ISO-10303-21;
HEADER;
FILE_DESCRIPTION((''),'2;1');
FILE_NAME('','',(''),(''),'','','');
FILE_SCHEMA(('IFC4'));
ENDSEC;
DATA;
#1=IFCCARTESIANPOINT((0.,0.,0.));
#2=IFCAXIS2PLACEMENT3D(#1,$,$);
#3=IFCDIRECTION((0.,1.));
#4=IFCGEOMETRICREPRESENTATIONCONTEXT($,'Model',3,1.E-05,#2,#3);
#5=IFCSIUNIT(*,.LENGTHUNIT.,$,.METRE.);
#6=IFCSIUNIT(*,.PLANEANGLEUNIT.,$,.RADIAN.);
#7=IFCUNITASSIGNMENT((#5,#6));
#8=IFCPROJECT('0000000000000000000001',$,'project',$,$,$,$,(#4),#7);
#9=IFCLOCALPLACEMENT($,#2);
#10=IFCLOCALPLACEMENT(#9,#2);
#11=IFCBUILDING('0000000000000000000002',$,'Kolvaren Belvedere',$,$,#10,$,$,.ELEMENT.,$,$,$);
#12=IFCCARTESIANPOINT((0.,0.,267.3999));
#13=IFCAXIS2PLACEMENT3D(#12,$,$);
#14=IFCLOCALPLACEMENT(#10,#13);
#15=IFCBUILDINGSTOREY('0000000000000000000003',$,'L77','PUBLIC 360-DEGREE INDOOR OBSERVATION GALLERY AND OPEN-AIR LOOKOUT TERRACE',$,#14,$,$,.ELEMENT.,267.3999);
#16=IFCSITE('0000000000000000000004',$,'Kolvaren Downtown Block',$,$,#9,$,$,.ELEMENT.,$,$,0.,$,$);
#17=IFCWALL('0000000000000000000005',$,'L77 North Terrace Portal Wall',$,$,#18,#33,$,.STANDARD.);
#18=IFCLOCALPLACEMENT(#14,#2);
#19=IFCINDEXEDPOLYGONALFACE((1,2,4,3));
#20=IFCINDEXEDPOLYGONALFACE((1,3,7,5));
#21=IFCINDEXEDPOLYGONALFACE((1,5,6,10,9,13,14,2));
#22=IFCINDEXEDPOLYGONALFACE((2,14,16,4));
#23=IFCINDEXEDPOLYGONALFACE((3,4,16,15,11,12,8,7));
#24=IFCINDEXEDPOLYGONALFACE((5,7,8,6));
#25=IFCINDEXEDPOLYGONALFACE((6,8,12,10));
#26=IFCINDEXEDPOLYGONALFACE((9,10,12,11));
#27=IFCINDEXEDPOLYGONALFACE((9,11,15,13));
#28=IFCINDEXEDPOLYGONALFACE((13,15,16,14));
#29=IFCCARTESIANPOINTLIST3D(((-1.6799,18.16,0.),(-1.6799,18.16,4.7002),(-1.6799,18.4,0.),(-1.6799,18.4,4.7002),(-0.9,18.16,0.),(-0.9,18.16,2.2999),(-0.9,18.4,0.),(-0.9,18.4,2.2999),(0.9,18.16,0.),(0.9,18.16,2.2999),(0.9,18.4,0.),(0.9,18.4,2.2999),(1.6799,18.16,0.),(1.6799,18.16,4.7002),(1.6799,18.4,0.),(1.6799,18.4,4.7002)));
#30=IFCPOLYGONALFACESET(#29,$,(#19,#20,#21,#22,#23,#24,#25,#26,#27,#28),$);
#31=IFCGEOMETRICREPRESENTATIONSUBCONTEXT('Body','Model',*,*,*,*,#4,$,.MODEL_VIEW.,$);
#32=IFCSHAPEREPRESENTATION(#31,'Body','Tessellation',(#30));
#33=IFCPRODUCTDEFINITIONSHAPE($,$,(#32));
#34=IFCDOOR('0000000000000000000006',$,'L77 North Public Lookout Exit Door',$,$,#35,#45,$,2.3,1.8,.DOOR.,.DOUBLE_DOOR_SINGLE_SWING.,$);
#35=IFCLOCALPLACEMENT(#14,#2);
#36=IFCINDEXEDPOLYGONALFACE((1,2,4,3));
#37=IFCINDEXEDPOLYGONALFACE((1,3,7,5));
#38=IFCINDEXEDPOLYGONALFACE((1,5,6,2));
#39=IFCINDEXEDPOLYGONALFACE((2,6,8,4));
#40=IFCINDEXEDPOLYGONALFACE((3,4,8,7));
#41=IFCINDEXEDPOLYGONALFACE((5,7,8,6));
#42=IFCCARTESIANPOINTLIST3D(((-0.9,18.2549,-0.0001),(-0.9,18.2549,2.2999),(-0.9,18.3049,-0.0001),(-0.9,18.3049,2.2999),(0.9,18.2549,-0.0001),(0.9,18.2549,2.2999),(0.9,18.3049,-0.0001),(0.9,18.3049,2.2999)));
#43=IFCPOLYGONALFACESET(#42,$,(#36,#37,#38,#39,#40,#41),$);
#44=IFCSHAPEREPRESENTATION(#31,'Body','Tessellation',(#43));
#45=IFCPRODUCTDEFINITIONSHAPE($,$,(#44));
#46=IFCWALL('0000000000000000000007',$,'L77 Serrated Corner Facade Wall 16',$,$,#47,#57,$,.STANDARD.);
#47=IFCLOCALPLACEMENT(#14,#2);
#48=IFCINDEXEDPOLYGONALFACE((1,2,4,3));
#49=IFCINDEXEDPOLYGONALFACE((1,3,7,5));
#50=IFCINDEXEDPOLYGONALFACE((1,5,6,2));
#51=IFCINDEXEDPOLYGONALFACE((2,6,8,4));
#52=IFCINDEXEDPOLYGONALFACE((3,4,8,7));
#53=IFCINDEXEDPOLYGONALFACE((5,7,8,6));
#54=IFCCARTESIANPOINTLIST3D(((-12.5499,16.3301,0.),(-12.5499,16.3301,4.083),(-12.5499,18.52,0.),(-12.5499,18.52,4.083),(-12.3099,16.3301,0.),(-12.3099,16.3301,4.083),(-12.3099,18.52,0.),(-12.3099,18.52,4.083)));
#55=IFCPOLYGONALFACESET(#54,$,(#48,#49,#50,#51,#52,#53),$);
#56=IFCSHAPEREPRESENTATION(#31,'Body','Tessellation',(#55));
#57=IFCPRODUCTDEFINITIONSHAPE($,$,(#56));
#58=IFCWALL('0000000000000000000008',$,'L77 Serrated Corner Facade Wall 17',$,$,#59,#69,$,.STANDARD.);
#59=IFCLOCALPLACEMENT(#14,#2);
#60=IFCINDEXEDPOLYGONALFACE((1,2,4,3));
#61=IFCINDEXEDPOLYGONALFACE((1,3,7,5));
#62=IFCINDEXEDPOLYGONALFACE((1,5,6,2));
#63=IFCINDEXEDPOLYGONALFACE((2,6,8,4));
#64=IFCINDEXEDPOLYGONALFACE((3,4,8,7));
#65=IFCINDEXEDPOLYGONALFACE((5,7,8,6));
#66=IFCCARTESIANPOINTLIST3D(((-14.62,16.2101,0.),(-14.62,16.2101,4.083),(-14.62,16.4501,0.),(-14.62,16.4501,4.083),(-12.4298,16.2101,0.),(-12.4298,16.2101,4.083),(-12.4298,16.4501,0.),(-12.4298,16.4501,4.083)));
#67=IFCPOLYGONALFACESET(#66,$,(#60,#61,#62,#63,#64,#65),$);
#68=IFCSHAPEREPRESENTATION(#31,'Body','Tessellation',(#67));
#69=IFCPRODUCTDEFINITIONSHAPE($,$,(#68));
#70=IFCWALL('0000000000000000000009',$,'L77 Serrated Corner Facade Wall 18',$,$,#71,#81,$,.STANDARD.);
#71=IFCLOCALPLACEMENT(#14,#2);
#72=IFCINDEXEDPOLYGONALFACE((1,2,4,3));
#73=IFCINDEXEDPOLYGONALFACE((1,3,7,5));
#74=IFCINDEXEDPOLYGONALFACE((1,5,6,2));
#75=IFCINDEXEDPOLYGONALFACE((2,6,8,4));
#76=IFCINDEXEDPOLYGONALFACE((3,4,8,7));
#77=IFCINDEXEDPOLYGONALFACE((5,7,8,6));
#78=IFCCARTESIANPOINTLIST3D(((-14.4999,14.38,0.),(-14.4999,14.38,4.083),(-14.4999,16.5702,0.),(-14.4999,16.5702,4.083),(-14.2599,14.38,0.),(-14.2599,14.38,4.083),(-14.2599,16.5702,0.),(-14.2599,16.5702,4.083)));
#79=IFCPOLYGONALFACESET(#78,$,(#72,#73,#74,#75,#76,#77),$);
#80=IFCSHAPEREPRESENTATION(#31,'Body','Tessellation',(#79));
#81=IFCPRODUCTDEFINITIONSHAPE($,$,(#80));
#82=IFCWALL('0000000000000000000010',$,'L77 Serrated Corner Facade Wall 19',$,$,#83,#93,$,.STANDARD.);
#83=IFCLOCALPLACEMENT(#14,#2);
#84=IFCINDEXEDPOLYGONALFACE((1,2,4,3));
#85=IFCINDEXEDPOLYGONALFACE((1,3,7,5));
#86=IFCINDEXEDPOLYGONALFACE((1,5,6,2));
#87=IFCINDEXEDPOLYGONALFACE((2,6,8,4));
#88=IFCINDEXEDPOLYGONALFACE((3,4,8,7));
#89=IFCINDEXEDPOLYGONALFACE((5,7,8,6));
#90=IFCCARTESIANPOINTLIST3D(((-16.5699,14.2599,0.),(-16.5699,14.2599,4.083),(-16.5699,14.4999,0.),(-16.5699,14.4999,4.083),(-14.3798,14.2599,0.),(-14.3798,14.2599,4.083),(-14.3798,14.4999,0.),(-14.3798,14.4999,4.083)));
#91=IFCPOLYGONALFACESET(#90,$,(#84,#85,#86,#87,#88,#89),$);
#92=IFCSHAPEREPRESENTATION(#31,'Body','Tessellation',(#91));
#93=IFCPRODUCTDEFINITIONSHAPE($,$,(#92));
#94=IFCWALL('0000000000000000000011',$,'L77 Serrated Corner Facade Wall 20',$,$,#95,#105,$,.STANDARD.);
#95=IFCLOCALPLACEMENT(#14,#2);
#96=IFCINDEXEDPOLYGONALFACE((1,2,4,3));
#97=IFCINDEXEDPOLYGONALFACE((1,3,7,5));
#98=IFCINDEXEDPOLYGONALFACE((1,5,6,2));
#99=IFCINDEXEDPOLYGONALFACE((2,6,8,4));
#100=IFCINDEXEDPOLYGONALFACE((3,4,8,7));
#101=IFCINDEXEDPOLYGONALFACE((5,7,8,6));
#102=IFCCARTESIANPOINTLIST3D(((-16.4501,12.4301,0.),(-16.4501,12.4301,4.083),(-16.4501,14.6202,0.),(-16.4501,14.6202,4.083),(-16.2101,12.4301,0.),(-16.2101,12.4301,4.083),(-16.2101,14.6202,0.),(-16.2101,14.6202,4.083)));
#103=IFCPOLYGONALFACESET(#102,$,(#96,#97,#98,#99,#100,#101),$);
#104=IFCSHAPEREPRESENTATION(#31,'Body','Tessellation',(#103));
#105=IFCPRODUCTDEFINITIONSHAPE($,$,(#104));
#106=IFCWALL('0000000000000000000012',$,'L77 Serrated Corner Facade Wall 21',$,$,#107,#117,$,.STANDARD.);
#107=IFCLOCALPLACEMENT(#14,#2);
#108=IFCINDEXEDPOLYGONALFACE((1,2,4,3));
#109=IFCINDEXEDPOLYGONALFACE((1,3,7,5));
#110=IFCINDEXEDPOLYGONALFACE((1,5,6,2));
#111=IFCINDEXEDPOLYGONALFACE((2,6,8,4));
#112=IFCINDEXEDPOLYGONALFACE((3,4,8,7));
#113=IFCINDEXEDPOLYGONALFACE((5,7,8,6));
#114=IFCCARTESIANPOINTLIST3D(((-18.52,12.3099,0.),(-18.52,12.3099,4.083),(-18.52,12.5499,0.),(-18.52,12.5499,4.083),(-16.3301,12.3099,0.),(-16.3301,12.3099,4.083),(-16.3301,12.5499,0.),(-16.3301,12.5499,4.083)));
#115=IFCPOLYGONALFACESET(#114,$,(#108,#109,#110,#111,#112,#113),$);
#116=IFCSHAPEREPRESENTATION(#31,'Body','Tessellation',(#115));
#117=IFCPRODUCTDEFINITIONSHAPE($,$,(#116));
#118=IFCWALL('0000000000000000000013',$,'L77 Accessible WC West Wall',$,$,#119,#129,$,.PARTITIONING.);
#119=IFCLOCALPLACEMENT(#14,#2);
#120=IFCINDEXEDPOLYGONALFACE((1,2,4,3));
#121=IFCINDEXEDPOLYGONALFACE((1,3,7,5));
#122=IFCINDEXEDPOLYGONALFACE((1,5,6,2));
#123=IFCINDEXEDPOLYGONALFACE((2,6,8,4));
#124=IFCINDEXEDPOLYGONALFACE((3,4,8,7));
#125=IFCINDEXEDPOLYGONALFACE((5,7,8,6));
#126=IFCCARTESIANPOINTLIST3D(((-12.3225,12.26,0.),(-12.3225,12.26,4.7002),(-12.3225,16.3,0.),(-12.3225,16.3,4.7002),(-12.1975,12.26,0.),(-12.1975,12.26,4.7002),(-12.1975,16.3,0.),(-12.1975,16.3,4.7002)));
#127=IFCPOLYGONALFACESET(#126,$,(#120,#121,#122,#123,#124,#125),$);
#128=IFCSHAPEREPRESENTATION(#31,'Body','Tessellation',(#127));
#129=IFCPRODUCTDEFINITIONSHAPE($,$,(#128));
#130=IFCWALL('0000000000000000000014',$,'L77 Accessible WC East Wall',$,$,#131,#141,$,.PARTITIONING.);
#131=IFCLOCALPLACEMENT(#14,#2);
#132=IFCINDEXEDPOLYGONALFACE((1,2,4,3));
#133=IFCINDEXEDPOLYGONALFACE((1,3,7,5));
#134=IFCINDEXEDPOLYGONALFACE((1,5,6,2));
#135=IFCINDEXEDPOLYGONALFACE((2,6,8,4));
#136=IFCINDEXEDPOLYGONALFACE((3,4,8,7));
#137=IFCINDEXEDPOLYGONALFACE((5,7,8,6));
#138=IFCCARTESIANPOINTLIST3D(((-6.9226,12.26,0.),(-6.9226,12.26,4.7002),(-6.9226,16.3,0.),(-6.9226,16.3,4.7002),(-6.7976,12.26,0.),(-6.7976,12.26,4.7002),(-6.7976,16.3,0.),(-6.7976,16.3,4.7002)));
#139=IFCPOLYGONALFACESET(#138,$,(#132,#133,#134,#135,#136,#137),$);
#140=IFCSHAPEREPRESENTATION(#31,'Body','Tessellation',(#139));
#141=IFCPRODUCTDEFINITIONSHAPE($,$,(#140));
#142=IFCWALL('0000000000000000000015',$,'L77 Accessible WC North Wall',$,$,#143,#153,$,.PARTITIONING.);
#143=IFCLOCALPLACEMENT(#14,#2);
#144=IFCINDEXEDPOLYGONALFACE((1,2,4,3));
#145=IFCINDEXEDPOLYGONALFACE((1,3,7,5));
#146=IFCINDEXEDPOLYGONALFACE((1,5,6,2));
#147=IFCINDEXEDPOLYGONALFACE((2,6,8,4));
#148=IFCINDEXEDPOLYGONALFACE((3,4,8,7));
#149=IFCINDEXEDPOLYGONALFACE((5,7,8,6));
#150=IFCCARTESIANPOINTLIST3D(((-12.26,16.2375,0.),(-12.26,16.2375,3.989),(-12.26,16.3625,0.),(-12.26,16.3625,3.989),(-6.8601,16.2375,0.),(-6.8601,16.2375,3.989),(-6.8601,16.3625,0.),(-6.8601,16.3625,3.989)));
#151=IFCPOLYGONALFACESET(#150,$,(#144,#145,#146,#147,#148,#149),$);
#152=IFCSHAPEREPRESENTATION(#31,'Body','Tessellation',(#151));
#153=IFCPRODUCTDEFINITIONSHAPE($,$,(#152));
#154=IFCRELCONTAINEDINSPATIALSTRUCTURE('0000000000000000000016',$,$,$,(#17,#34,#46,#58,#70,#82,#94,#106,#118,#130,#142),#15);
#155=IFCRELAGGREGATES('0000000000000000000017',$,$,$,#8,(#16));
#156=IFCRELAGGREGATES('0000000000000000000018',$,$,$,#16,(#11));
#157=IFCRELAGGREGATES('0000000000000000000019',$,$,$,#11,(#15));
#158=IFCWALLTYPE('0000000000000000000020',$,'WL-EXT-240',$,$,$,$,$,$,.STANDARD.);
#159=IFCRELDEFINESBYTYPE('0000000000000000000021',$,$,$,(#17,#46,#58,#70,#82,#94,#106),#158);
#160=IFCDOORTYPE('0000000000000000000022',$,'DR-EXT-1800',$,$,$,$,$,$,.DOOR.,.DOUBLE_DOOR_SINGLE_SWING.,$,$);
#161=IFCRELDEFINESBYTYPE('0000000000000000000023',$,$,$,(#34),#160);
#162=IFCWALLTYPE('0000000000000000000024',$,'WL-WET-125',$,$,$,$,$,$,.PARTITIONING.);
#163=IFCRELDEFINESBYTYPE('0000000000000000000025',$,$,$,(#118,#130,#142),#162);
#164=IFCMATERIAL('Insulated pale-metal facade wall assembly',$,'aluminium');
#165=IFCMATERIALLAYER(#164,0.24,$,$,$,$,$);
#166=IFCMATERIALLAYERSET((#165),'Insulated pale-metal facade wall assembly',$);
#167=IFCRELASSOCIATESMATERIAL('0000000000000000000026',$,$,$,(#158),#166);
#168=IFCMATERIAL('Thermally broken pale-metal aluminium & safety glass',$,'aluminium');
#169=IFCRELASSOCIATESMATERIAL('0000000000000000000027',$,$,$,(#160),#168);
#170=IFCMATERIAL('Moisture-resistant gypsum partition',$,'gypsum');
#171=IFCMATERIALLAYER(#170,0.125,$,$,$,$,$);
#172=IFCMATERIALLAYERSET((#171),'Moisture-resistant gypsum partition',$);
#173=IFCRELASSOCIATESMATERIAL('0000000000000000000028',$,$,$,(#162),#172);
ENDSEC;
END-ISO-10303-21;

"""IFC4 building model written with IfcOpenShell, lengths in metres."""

from ifc_helpers import new_model, si_unit, direction, frame, frame_2d, origin, place, context, subcontext, project, spatial, rectangle, extrude, material, layer, layer_set, type_object, element, fill, save


model = new_model("IFC4")

# Units and contexts
model_context = context("Model", 3, precision=1e-05, world=origin(), true_north=direction((0.0, 1.0)))
body_context = subcontext(model_context, "Body", "Model", "MODEL_VIEW")
ifc_project = project(units=[si_unit("LENGTHUNIT", "METRE"), si_unit("PLANEANGLEUNIT", "RADIAN")], contexts=[model_context])

# Site, building, storey
site_placement = place(None, origin())
site = spatial("IfcSite", under=ifc_project, at=site_placement, Name="Kolvaren Downtown Block", CompositionType="ELEMENT", RefElevation=0.0)
building_placement = place(site_placement, origin())
building = spatial("IfcBuilding", under=site, at=building_placement, Name="Kolvaren Belvedere", CompositionType="ELEMENT")
storey_placement = place(building_placement, frame((0.0, 0.0, 267.3999)))
storey = spatial("IfcBuildingStorey", under=building, at=storey_placement, Name="L77", Description="PUBLIC 360-DEGREE INDOOR OBSERVATION GALLERY AND OPEN-AIR LOOKOUT TERRACE", CompositionType="ELEMENT", Elevation=267.3999)

# Wall, opening, door
ifc_material_1 = material(Name="Insulated pale-metal facade wall assembly", Category="aluminium")
ifc_layer_1 = layer(ifc_material_1, 0.24)
ifc_layer_set_1 = layer_set([ifc_layer_1], Name="Insulated pale-metal facade wall assembly")
wall_type_1 = type_object("IfcWallType", Name="WL-EXT-240", PredefinedType="STANDARD", material=ifc_layer_set_1)
wall_1_placement = place(storey_placement, frame((-1.6799, 18.28, 0.0), z_axis=(0.0, 0.0, 1.0), x_axis=(1.0, 0.0, 0.0)))
wall_1 = element("IfcWall", 1, at=wall_1_placement, inside=storey, type_object=wall_type_1, Name="L77 North Terrace Portal Wall", PredefinedType="STANDARD", context=body_context, shape_type="SweptSolid", body=[
    extrude(rectangle(XDim=3.3599, YDim=0.24, at=frame_2d((1.6799, 0.0))), origin(), (0.0, 0.0, 1.0), 4.7002),
])
opening_1_placement = place(wall_1_placement, frame((0.78, 0.0, 0.0)))
opening_1 = element("IfcOpeningElement", 2, at=opening_1_placement, cuts=wall_1, PredefinedType="OPENING", context=body_context, shape_type="SweptSolid", body=[
    extrude(rectangle(XDim=1.8, YDim=2.3, at=frame_2d((0.8999, 1.1499))), frame((0.0, 0.1299, 0.0), z_axis=(0.0, -1.0, 0.0), x_axis=(1.0, 0.0, 0.0)), (0.0, 0.0, 1.0), 0.26),
])
ifc_material_2 = material(Name="Thermally broken pale-metal aluminium & safety glass", Category="aluminium")
door_type_1 = type_object("IfcDoorType", Name="DR-EXT-1800", OperationType="DOUBLE_DOOR_SINGLE_SWING", PredefinedType="DOOR", material=ifc_material_2)
door_1_placement = place(opening_1_placement, origin())
door_1 = element("IfcDoor", 3, at=door_1_placement, inside=storey, type_object=door_type_1, Name="L77 North Public Lookout Exit Door", OperationType="DOUBLE_DOOR_SINGLE_SWING", OverallHeight=2.3, OverallWidth=1.8, PredefinedType="DOOR", context=body_context, shape_type="SweptSolid", body=[
    extrude(rectangle(XDim=1.8, YDim=2.3, at=frame_2d((0.8999, 1.1499))), frame((0.0, 0.0249, 0.0), z_axis=(0.0, -1.0, 0.0), x_axis=(1.0, 0.0, 0.0)), (0.0, 0.0, 1.0), 0.05),
])
fill(opening_1, door_1)

# Walls
wall_2_placement = place(storey_placement, frame((-12.4299, 16.3301, 0.0), z_axis=(0.0, 0.0, 1.0), x_axis=(0.0, 1.0, 0.0)))
element("IfcWall", 4, at=wall_2_placement, inside=storey, type_object=wall_type_1, Name="L77 Serrated Corner Facade Wall 16", PredefinedType="STANDARD", context=body_context, shape_type="SweptSolid", body=[
    extrude(rectangle(XDim=2.1899, YDim=0.24, at=frame_2d((1.095, 0.0))), origin(), (0.0, 0.0, 1.0), 4.083),
])
for number, where, z_axis, x_axis, name in (
    (5, (-14.6201, 16.3301, 0.0), (0.0, 0.0, 1.0), (1.0, 0.0, 0.0), "L77 Serrated Corner Facade Wall 17"),
    (6, (-14.3799, 14.3799, 0.0), (0.0, 0.0, 1.0), (0.0, 1.0, 0.0), "L77 Serrated Corner Facade Wall 18"),
    (7, (-16.5701, 14.3799, 0.0), (0.0, 0.0, 1.0), (1.0, 0.0, 0.0), "L77 Serrated Corner Facade Wall 19"),
    (8, (-16.3301, 12.4299, 0.0), (0.0, 0.0, 1.0), (0.0, 1.0, 0.0), "L77 Serrated Corner Facade Wall 20"),
):
    element("IfcWall", number, at=place(storey_placement, frame(where, z_axis=z_axis, x_axis=x_axis)), inside=storey, type_object=wall_type_1, Name=name, PredefinedType="STANDARD", context=body_context, shape_type="SweptSolid", body=[
        extrude(rectangle(XDim=2.1902, YDim=0.24, at=frame_2d((1.0952, 0.0))), origin(), (0.0, 0.0, 1.0), 4.083),
    ])
wall_3_placement = place(storey_placement, frame((-18.52, 12.4299, 0.0), z_axis=(0.0, 0.0, 1.0), x_axis=(1.0, 0.0, 0.0)))
element("IfcWall", 9, at=wall_3_placement, inside=storey, type_object=wall_type_1, Name="L77 Serrated Corner Facade Wall 21", PredefinedType="STANDARD", context=body_context, shape_type="SweptSolid", body=[
    extrude(rectangle(XDim=2.1899, YDim=0.24, at=frame_2d((1.095, 0.0))), origin(), (0.0, 0.0, 1.0), 4.083),
])
ifc_material_3 = material(Name="Moisture-resistant gypsum partition", Category="gypsum")
ifc_layer_2 = layer(ifc_material_3, 0.125)
ifc_layer_set_2 = layer_set([ifc_layer_2], Name="Moisture-resistant gypsum partition")
wall_type_2 = type_object("IfcWallType", Name="WL-WET-125", PredefinedType="PARTITIONING", material=ifc_layer_set_2)
for number, where, z_axis, x_axis, name in (
    (10, (-12.26, 12.26, 0.0), (0.0, 0.0, 1.0), (0.0, 1.0, 0.0), "L77 Accessible WC West Wall"),
    (11, (-6.8601, 12.26, 0.0), (0.0, 0.0, 1.0), (0.0, 1.0, 0.0), "L77 Accessible WC East Wall"),
):
    element("IfcWall", number, at=place(storey_placement, frame(where, z_axis=z_axis, x_axis=x_axis)), inside=storey, type_object=wall_type_2, Name=name, PredefinedType="PARTITIONING", context=body_context, shape_type="SweptSolid", body=[
        extrude(rectangle(XDim=4.04, YDim=0.125, at=frame_2d((2.02, 0.0))), origin(), (0.0, 0.0, 1.0), 4.7002),
    ])
wall_4_placement = place(storey_placement, frame((-12.26, 16.3, 0.0), z_axis=(0.0, 0.0, 1.0), x_axis=(1.0, 0.0, 0.0)))
element("IfcWall", 12, at=wall_4_placement, inside=storey, type_object=wall_type_2, Name="L77 Accessible WC North Wall", PredefinedType="PARTITIONING", context=body_context, shape_type="SweptSolid", body=[
    extrude(rectangle(XDim=5.3999, YDim=0.125, at=frame_2d((2.7, 0.0))), origin(), (0.0, 0.0, 1.0), 3.989),
])

save(model, "model.ifc")
